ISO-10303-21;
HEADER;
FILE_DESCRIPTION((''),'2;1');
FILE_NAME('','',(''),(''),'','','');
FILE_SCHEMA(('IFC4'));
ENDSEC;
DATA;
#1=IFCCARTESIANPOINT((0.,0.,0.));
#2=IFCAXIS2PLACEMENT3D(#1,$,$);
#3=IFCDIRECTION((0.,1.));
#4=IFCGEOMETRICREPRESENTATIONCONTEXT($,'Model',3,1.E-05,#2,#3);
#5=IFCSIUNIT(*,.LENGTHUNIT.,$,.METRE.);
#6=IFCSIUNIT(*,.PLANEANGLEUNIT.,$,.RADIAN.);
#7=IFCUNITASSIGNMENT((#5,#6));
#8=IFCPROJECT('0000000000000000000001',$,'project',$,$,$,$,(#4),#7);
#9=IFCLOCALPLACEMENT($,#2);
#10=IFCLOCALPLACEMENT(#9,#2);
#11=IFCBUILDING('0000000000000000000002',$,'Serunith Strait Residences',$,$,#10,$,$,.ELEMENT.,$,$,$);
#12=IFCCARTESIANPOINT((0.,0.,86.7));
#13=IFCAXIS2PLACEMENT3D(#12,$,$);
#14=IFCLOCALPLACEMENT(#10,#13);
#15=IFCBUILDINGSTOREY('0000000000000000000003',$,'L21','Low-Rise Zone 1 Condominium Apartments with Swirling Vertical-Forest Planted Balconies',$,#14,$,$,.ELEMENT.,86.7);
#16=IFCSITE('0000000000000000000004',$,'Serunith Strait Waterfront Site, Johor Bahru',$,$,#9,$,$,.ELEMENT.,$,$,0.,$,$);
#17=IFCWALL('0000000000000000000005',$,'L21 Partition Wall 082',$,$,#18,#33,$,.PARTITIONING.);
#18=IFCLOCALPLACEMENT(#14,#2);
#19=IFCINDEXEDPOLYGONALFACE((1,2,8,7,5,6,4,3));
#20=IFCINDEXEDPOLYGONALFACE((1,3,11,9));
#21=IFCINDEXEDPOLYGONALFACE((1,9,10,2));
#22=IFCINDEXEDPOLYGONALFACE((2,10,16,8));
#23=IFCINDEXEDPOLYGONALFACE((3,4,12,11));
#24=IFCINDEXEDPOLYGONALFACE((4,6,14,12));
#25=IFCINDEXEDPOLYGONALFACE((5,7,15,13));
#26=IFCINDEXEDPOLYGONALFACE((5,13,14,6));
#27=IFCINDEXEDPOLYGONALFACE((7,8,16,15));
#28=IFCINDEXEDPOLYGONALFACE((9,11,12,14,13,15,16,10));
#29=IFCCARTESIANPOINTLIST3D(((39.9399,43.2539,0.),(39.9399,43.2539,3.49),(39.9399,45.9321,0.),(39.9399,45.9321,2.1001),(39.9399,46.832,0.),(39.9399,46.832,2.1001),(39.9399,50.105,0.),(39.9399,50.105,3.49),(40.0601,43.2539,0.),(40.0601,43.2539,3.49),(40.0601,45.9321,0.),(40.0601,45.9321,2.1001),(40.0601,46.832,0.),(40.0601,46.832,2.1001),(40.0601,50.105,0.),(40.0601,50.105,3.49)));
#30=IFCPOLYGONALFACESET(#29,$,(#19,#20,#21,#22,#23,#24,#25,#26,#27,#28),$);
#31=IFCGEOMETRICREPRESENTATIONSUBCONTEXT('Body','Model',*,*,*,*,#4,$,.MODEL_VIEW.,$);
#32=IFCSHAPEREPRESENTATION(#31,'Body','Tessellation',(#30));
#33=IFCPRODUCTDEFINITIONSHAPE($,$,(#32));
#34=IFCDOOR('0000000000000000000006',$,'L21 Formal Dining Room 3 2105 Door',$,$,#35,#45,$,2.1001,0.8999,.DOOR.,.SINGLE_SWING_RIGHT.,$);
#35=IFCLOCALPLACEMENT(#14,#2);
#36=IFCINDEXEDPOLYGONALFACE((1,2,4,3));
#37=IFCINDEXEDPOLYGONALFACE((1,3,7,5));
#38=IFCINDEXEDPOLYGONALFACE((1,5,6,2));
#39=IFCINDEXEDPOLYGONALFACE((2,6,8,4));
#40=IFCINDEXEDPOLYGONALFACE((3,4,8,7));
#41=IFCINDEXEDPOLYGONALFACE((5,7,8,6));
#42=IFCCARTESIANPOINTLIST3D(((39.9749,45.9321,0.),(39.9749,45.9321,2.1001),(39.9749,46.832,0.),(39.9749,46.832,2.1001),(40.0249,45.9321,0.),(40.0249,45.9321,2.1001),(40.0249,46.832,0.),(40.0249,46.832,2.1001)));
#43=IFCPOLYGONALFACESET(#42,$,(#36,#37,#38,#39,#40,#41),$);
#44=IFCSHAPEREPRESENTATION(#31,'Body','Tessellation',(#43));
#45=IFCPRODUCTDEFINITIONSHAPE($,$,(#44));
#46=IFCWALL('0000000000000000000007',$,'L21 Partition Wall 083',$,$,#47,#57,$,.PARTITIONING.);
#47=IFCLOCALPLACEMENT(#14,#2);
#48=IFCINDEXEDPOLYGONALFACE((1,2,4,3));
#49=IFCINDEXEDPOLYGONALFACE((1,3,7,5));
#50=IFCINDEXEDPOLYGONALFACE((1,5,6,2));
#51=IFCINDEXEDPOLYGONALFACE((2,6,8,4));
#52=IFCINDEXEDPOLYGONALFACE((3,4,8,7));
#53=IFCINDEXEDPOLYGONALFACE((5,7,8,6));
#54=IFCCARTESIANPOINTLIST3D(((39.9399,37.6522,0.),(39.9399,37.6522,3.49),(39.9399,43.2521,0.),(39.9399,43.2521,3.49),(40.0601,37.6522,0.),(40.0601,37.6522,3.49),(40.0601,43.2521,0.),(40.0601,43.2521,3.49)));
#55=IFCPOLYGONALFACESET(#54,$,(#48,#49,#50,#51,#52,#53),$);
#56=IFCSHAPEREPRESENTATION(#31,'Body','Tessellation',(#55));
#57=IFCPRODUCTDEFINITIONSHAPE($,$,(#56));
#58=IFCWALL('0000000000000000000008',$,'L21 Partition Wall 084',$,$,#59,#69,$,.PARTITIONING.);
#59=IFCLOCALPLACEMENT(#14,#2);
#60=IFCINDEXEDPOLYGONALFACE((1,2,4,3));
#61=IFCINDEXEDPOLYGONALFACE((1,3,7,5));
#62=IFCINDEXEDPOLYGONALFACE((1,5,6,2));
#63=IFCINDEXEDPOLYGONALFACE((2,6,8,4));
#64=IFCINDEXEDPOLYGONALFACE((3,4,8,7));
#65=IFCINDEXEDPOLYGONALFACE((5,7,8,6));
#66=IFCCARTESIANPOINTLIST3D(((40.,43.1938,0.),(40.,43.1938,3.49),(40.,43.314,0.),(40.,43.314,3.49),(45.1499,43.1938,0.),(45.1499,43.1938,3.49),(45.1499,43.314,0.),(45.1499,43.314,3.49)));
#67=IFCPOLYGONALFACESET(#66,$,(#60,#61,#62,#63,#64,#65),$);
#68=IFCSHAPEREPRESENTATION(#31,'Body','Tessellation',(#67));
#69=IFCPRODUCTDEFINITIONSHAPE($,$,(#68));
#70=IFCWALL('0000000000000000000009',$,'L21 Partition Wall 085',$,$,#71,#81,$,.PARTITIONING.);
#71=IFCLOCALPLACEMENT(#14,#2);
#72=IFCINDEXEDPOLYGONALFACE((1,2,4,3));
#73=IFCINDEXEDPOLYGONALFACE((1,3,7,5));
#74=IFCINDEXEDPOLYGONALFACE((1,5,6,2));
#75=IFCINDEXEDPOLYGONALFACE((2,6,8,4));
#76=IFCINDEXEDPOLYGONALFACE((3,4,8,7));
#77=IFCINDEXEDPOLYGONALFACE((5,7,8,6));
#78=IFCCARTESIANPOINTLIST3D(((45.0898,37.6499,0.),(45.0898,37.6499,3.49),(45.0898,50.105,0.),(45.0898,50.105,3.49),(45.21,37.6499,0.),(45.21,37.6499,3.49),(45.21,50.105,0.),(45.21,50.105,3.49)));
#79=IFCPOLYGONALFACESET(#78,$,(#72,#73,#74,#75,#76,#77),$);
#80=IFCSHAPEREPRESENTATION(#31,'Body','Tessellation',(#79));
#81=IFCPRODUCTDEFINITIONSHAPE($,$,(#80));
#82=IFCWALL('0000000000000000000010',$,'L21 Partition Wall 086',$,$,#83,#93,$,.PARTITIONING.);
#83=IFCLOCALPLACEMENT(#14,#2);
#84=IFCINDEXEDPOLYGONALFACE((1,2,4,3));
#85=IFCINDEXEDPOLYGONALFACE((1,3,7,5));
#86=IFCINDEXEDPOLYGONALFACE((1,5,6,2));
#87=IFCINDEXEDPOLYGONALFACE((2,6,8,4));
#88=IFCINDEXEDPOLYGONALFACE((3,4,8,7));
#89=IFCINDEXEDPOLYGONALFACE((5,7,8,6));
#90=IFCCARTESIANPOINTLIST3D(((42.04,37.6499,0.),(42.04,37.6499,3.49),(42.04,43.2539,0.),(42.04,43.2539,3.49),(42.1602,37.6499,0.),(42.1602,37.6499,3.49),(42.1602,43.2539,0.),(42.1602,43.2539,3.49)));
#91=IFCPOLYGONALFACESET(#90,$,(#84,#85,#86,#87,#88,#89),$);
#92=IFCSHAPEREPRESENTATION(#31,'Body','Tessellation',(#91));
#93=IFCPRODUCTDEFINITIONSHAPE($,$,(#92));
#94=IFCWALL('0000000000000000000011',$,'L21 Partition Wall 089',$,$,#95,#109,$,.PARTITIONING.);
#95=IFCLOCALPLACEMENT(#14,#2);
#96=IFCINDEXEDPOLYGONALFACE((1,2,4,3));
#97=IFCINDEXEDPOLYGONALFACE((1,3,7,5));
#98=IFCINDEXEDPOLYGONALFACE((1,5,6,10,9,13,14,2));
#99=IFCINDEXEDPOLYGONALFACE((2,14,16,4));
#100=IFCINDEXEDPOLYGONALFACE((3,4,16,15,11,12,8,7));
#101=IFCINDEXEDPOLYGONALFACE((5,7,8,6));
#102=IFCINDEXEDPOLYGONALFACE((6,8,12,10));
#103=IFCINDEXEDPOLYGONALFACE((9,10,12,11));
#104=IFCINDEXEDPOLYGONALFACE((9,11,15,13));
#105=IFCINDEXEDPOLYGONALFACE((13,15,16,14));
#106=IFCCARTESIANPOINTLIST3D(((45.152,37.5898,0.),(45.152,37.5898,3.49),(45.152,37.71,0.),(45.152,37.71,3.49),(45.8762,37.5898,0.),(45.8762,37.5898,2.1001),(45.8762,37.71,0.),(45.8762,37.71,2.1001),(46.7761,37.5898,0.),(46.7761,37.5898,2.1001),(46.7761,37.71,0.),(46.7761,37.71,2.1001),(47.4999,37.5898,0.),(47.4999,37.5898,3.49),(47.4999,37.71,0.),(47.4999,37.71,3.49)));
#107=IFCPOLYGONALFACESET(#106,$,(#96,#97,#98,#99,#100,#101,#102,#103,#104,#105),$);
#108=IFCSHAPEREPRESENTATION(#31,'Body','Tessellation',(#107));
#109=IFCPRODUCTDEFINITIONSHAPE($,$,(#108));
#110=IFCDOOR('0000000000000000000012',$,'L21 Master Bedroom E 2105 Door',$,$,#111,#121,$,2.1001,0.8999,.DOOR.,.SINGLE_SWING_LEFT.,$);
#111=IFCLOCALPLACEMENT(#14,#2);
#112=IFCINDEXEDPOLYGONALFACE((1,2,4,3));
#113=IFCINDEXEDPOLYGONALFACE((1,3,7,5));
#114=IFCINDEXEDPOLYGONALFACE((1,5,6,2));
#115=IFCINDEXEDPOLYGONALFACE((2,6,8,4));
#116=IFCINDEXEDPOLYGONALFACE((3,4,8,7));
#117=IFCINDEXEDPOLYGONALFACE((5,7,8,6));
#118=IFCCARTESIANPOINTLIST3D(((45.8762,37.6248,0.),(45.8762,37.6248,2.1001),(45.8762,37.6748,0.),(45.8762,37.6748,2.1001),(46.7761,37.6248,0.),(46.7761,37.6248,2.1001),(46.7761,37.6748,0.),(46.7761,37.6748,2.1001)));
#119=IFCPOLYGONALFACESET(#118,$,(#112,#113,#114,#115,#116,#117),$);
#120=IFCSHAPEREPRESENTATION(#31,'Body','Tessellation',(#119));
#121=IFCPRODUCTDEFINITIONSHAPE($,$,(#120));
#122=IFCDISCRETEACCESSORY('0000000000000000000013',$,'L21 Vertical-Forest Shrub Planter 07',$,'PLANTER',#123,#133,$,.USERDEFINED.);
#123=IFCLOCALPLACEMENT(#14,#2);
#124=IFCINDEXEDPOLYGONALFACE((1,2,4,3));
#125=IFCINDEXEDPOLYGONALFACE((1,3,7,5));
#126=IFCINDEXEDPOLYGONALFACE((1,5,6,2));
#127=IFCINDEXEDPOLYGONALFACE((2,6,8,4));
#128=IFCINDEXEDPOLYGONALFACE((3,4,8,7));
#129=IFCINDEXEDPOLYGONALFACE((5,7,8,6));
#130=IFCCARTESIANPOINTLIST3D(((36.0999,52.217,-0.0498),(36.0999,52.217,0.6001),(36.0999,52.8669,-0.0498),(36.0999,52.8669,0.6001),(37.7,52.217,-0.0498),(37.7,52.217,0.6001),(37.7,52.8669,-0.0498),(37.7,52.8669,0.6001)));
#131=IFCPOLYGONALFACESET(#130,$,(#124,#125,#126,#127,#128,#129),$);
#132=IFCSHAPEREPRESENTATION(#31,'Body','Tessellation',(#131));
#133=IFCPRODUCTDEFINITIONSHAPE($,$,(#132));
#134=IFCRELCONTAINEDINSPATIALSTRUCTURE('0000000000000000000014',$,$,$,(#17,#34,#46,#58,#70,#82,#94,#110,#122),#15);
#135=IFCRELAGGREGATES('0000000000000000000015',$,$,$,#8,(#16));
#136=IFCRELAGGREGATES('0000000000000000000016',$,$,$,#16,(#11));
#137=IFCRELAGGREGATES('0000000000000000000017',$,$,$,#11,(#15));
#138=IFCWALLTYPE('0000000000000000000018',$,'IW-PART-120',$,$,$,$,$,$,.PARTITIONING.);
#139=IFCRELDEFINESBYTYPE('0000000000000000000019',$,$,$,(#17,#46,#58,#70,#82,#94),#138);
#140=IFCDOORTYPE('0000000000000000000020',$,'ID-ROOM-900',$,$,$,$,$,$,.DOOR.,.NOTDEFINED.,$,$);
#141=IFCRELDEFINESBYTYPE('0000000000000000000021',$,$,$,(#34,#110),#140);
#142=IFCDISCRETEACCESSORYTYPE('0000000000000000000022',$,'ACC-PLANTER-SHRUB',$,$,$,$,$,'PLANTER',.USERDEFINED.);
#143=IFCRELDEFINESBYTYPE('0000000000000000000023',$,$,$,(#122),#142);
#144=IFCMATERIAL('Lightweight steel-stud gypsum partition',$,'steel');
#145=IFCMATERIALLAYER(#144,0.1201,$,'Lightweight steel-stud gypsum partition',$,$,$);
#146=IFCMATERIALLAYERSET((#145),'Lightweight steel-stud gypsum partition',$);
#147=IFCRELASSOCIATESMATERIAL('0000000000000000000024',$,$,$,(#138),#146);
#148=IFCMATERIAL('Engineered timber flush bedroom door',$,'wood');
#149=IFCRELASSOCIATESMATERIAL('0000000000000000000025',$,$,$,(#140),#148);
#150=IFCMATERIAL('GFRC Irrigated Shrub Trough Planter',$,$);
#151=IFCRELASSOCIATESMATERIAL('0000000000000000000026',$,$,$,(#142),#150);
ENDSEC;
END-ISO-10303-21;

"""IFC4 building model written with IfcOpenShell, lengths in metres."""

from ifc_helpers import new_model, si_unit, direction, frame, frame_2d, origin, origin_2d, place, context, subcontext, project, spatial, rectangle, extrude, source, transform, mapped, material, layer, layer_set, type_object, element, fill, save


model = new_model("IFC4")

# Units and contexts
model_context = context("Model", 3, precision=1e-05, world=origin(), true_north=direction((0.0, 1.0)))
body_context = subcontext(model_context, "Body", "Model", "MODEL_VIEW")
ifc_project = project(units=[si_unit("LENGTHUNIT", "METRE"), si_unit("PLANEANGLEUNIT", "RADIAN")], contexts=[model_context])

# Site, building, storey
site_placement = place(None, origin())
site = spatial("IfcSite", under=ifc_project, at=site_placement, Name="Serunith Strait Waterfront Site, Johor Bahru", CompositionType="ELEMENT", RefElevation=0.0)
building_placement = place(site_placement, origin())
building = spatial("IfcBuilding", under=site, at=building_placement, Name="Serunith Strait Residences", CompositionType="ELEMENT")
storey_placement = place(building_placement, frame((0.0, 0.0, 86.7)))
storey = spatial("IfcBuildingStorey", under=building, at=storey_placement, Name="L21", Description="Low-Rise Zone 1 Condominium Apartments with Swirling Vertical-Forest Planted Balconies", CompositionType="ELEMENT", Elevation=86.7)

# Shared definitions
ifc_material_1 = material(Name="Lightweight steel-stud gypsum partition", Category="steel")
ifc_layer_1 = layer(ifc_material_1, 0.1201, Name="Lightweight steel-stud gypsum partition")
ifc_layer_set_1 = layer_set([ifc_layer_1], Name="Lightweight steel-stud gypsum partition")
wall_type_1 = type_object("IfcWallType", Name="IW-PART-120", PredefinedType="PARTITIONING", material=ifc_layer_set_1)

# Shared definitions
ifc_material_2 = material(Name="Engineered timber flush bedroom door", Category="wood")
door_type_1 = type_object("IfcDoorType", Name="ID-ROOM-900", OperationType="NOTDEFINED", PredefinedType="DOOR", material=ifc_material_2)
shared_shape_1 = source(origin(), body_context, "Body", "SweptSolid", [
    extrude(rectangle(XDim=0.8999, YDim=2.1001, at=frame_2d((0.45, 1.05))), frame((0.0, 0.0249, 0.0), z_axis=(0.0, -1.0, 0.0), x_axis=(1.0, 0.0, 0.0)), (0.0, 0.0, 1.0), 0.05),
])

# Wall, opening, door
wall_1_placement = place(storey_placement, frame((40.0, 50.105, 0.0), z_axis=(0.0, 0.0, 1.0), x_axis=(0.0, -1.0, 0.0)))
wall_1 = element("IfcWall", 1, at=wall_1_placement, inside=storey, type_object=wall_type_1, Name="L21 Partition Wall 082", PredefinedType="PARTITIONING", context=body_context, shape_type="SweptSolid", body=[
    extrude(rectangle(XDim=6.8511, YDim=0.1201, at=frame_2d((3.4255, 0.0))), origin(), (0.0, 0.0, 1.0), 3.49),
])
opening_1_placement = place(wall_1_placement, frame((3.2729, 0.0, 0.0)))
opening_1 = element("IfcOpeningElement", 2, at=opening_1_placement, cuts=wall_1, PredefinedType="OPENING", context=body_context, shape_type="SweptSolid", body=[
    extrude(rectangle(XDim=0.8999, YDim=2.1001, at=frame_2d((0.45, 1.05))), frame((0.0, 0.0701, 0.0), z_axis=(0.0, -1.0, 0.0), x_axis=(1.0, 0.0, 0.0)), (0.0, 0.0, 1.0), 0.1401),
])
door_1_placement = place(opening_1_placement, origin())
door_1 = element("IfcDoor", 3, at=door_1_placement, inside=storey, type_object=door_type_1, Name="L21 Formal Dining Room 3 2105 Door", OperationType="SINGLE_SWING_RIGHT", OverallHeight=2.1001, OverallWidth=0.8999, PredefinedType="DOOR", context=body_context, shape_type="MappedRepresentation", body=[
    mapped(shared_shape_1, transform((0.0, 0.0, 0.0), scale=1.0)),
])
fill(opening_1, door_1)

# Walls
wall_2_placement = place(storey_placement, frame((40.0, 43.252, 0.0), z_axis=(0.0, 0.0, 1.0), x_axis=(0.0, -1.0, 0.0)))
element("IfcWall", 4, at=wall_2_placement, inside=storey, type_object=wall_type_1, Name="L21 Partition Wall 083", PredefinedType="PARTITIONING", context=body_context, shape_type="SweptSolid", body=[
    extrude(rectangle(XDim=5.5999, YDim=0.1201, at=frame_2d((2.7998, 0.0))), origin(), (0.0, 0.0, 1.0), 3.49),
])
wall_3_placement = place(storey_placement, frame((40.0, 43.2539, 0.0), z_axis=(0.0, 0.0, 1.0), x_axis=(1.0, 0.0, 0.0)))
element("IfcWall", 5, at=wall_3_placement, inside=storey, type_object=wall_type_1, Name="L21 Partition Wall 084", PredefinedType="PARTITIONING", context=body_context, shape_type="SweptSolid", body=[
    extrude(rectangle(XDim=5.1499, YDim=0.1201, at=frame_2d((2.575, 0.0))), origin(), (0.0, 0.0, 1.0), 3.49),
])
wall_4_placement = place(storey_placement, frame((45.1499, 50.105, 0.0), z_axis=(0.0, 0.0, 1.0), x_axis=(0.0, -1.0, 0.0)))
element("IfcWall", 6, at=wall_4_placement, inside=storey, type_object=wall_type_1, Name="L21 Partition Wall 085", PredefinedType="PARTITIONING", context=body_context, shape_type="SweptSolid", body=[
    extrude(rectangle(XDim=12.4551, YDim=0.1201, at=frame_2d((6.2275, 0.0))), origin(), (0.0, 0.0, 1.0), 3.49),
])
wall_5_placement = place(storey_placement, frame((42.1001, 43.2539, 0.0), z_axis=(0.0, 0.0, 1.0), x_axis=(0.0, -1.0, 0.0)))
element("IfcWall", 7, at=wall_5_placement, inside=storey, type_object=wall_type_1, Name="L21 Partition Wall 086", PredefinedType="PARTITIONING", context=body_context, shape_type="SweptSolid", body=[
    extrude(rectangle(XDim=5.604, YDim=0.1201, at=frame_2d((2.802, 0.0))), origin(), (0.0, 0.0, 1.0), 3.49),
])

# Wall, opening, door
wall_6_placement = place(storey_placement, frame((45.1521, 37.6499, 0.0), z_axis=(0.0, 0.0, 1.0), x_axis=(1.0, 0.0, 0.0)))
wall_6 = element("IfcWall", 8, at=wall_6_placement, inside=storey, type_object=wall_type_1, Name="L21 Partition Wall 089", PredefinedType="PARTITIONING", context=body_context, shape_type="SweptSolid", body=[
    extrude(rectangle(XDim=2.3479, YDim=0.1201, at=frame_2d((1.1738, 0.0))), origin(), (0.0, 0.0, 1.0), 3.49),
])
opening_2_placement = place(wall_6_placement, frame((0.7241, 0.0, 0.0)))
opening_2 = element("IfcOpeningElement", 9, at=opening_2_placement, cuts=wall_6, PredefinedType="OPENING", context=body_context, shape_type="SweptSolid", body=[
    extrude(rectangle(XDim=0.8999, YDim=2.1001, at=frame_2d((0.45, 1.05))), frame((0.0, 0.0701, 0.0), z_axis=(0.0, -1.0, 0.0), x_axis=(1.0, 0.0, 0.0)), (0.0, 0.0, 1.0), 0.1401),
])
door_2_placement = place(opening_2_placement, origin())
door_2 = element("IfcDoor", 10, at=door_2_placement, inside=storey, type_object=door_type_1, Name="L21 Master Bedroom E 2105 Door", OperationType="SINGLE_SWING_LEFT", OverallHeight=2.1001, OverallWidth=0.8999, PredefinedType="DOOR", context=body_context, shape_type="MappedRepresentation", body=[
    mapped(shared_shape_1, transform((0.0, 0.0, 0.0), scale=1.0)),
])
fill(opening_2, door_2)

# Discrete accessory
ifc_material_3 = material(Name="GFRC Irrigated Shrub Trough Planter")
discrete_accessory_type = type_object("IfcDiscreteAccessoryType", Name="ACC-PLANTER-SHRUB", ElementType="PLANTER", PredefinedType="USERDEFINED", material=ifc_material_3)
shared_shape_2 = source(origin(), body_context, "Body", "SweptSolid", [
    extrude(rectangle(XDim=1.6001, YDim=0.6499, at=origin_2d()), origin(), (0.0, 0.0, 1.0), 0.6499),
])
discrete_accessory_placement = place(storey_placement, frame((36.8999, 52.542, -0.0498), z_axis=(0.0, 0.0, 1.0), x_axis=(-1.0, 0.0, 0.0)))
element("IfcDiscreteAccessory", 11, at=discrete_accessory_placement, inside=storey, type_object=discrete_accessory_type, Name="L21 Vertical-Forest Shrub Planter 07", ObjectType="PLANTER", PredefinedType="USERDEFINED", context=body_context, shape_type="MappedRepresentation", body=[
    mapped(shared_shape_2, transform((0.0, 0.0, 0.0), scale=1.0)),
])

save(model, "model.ifc")
